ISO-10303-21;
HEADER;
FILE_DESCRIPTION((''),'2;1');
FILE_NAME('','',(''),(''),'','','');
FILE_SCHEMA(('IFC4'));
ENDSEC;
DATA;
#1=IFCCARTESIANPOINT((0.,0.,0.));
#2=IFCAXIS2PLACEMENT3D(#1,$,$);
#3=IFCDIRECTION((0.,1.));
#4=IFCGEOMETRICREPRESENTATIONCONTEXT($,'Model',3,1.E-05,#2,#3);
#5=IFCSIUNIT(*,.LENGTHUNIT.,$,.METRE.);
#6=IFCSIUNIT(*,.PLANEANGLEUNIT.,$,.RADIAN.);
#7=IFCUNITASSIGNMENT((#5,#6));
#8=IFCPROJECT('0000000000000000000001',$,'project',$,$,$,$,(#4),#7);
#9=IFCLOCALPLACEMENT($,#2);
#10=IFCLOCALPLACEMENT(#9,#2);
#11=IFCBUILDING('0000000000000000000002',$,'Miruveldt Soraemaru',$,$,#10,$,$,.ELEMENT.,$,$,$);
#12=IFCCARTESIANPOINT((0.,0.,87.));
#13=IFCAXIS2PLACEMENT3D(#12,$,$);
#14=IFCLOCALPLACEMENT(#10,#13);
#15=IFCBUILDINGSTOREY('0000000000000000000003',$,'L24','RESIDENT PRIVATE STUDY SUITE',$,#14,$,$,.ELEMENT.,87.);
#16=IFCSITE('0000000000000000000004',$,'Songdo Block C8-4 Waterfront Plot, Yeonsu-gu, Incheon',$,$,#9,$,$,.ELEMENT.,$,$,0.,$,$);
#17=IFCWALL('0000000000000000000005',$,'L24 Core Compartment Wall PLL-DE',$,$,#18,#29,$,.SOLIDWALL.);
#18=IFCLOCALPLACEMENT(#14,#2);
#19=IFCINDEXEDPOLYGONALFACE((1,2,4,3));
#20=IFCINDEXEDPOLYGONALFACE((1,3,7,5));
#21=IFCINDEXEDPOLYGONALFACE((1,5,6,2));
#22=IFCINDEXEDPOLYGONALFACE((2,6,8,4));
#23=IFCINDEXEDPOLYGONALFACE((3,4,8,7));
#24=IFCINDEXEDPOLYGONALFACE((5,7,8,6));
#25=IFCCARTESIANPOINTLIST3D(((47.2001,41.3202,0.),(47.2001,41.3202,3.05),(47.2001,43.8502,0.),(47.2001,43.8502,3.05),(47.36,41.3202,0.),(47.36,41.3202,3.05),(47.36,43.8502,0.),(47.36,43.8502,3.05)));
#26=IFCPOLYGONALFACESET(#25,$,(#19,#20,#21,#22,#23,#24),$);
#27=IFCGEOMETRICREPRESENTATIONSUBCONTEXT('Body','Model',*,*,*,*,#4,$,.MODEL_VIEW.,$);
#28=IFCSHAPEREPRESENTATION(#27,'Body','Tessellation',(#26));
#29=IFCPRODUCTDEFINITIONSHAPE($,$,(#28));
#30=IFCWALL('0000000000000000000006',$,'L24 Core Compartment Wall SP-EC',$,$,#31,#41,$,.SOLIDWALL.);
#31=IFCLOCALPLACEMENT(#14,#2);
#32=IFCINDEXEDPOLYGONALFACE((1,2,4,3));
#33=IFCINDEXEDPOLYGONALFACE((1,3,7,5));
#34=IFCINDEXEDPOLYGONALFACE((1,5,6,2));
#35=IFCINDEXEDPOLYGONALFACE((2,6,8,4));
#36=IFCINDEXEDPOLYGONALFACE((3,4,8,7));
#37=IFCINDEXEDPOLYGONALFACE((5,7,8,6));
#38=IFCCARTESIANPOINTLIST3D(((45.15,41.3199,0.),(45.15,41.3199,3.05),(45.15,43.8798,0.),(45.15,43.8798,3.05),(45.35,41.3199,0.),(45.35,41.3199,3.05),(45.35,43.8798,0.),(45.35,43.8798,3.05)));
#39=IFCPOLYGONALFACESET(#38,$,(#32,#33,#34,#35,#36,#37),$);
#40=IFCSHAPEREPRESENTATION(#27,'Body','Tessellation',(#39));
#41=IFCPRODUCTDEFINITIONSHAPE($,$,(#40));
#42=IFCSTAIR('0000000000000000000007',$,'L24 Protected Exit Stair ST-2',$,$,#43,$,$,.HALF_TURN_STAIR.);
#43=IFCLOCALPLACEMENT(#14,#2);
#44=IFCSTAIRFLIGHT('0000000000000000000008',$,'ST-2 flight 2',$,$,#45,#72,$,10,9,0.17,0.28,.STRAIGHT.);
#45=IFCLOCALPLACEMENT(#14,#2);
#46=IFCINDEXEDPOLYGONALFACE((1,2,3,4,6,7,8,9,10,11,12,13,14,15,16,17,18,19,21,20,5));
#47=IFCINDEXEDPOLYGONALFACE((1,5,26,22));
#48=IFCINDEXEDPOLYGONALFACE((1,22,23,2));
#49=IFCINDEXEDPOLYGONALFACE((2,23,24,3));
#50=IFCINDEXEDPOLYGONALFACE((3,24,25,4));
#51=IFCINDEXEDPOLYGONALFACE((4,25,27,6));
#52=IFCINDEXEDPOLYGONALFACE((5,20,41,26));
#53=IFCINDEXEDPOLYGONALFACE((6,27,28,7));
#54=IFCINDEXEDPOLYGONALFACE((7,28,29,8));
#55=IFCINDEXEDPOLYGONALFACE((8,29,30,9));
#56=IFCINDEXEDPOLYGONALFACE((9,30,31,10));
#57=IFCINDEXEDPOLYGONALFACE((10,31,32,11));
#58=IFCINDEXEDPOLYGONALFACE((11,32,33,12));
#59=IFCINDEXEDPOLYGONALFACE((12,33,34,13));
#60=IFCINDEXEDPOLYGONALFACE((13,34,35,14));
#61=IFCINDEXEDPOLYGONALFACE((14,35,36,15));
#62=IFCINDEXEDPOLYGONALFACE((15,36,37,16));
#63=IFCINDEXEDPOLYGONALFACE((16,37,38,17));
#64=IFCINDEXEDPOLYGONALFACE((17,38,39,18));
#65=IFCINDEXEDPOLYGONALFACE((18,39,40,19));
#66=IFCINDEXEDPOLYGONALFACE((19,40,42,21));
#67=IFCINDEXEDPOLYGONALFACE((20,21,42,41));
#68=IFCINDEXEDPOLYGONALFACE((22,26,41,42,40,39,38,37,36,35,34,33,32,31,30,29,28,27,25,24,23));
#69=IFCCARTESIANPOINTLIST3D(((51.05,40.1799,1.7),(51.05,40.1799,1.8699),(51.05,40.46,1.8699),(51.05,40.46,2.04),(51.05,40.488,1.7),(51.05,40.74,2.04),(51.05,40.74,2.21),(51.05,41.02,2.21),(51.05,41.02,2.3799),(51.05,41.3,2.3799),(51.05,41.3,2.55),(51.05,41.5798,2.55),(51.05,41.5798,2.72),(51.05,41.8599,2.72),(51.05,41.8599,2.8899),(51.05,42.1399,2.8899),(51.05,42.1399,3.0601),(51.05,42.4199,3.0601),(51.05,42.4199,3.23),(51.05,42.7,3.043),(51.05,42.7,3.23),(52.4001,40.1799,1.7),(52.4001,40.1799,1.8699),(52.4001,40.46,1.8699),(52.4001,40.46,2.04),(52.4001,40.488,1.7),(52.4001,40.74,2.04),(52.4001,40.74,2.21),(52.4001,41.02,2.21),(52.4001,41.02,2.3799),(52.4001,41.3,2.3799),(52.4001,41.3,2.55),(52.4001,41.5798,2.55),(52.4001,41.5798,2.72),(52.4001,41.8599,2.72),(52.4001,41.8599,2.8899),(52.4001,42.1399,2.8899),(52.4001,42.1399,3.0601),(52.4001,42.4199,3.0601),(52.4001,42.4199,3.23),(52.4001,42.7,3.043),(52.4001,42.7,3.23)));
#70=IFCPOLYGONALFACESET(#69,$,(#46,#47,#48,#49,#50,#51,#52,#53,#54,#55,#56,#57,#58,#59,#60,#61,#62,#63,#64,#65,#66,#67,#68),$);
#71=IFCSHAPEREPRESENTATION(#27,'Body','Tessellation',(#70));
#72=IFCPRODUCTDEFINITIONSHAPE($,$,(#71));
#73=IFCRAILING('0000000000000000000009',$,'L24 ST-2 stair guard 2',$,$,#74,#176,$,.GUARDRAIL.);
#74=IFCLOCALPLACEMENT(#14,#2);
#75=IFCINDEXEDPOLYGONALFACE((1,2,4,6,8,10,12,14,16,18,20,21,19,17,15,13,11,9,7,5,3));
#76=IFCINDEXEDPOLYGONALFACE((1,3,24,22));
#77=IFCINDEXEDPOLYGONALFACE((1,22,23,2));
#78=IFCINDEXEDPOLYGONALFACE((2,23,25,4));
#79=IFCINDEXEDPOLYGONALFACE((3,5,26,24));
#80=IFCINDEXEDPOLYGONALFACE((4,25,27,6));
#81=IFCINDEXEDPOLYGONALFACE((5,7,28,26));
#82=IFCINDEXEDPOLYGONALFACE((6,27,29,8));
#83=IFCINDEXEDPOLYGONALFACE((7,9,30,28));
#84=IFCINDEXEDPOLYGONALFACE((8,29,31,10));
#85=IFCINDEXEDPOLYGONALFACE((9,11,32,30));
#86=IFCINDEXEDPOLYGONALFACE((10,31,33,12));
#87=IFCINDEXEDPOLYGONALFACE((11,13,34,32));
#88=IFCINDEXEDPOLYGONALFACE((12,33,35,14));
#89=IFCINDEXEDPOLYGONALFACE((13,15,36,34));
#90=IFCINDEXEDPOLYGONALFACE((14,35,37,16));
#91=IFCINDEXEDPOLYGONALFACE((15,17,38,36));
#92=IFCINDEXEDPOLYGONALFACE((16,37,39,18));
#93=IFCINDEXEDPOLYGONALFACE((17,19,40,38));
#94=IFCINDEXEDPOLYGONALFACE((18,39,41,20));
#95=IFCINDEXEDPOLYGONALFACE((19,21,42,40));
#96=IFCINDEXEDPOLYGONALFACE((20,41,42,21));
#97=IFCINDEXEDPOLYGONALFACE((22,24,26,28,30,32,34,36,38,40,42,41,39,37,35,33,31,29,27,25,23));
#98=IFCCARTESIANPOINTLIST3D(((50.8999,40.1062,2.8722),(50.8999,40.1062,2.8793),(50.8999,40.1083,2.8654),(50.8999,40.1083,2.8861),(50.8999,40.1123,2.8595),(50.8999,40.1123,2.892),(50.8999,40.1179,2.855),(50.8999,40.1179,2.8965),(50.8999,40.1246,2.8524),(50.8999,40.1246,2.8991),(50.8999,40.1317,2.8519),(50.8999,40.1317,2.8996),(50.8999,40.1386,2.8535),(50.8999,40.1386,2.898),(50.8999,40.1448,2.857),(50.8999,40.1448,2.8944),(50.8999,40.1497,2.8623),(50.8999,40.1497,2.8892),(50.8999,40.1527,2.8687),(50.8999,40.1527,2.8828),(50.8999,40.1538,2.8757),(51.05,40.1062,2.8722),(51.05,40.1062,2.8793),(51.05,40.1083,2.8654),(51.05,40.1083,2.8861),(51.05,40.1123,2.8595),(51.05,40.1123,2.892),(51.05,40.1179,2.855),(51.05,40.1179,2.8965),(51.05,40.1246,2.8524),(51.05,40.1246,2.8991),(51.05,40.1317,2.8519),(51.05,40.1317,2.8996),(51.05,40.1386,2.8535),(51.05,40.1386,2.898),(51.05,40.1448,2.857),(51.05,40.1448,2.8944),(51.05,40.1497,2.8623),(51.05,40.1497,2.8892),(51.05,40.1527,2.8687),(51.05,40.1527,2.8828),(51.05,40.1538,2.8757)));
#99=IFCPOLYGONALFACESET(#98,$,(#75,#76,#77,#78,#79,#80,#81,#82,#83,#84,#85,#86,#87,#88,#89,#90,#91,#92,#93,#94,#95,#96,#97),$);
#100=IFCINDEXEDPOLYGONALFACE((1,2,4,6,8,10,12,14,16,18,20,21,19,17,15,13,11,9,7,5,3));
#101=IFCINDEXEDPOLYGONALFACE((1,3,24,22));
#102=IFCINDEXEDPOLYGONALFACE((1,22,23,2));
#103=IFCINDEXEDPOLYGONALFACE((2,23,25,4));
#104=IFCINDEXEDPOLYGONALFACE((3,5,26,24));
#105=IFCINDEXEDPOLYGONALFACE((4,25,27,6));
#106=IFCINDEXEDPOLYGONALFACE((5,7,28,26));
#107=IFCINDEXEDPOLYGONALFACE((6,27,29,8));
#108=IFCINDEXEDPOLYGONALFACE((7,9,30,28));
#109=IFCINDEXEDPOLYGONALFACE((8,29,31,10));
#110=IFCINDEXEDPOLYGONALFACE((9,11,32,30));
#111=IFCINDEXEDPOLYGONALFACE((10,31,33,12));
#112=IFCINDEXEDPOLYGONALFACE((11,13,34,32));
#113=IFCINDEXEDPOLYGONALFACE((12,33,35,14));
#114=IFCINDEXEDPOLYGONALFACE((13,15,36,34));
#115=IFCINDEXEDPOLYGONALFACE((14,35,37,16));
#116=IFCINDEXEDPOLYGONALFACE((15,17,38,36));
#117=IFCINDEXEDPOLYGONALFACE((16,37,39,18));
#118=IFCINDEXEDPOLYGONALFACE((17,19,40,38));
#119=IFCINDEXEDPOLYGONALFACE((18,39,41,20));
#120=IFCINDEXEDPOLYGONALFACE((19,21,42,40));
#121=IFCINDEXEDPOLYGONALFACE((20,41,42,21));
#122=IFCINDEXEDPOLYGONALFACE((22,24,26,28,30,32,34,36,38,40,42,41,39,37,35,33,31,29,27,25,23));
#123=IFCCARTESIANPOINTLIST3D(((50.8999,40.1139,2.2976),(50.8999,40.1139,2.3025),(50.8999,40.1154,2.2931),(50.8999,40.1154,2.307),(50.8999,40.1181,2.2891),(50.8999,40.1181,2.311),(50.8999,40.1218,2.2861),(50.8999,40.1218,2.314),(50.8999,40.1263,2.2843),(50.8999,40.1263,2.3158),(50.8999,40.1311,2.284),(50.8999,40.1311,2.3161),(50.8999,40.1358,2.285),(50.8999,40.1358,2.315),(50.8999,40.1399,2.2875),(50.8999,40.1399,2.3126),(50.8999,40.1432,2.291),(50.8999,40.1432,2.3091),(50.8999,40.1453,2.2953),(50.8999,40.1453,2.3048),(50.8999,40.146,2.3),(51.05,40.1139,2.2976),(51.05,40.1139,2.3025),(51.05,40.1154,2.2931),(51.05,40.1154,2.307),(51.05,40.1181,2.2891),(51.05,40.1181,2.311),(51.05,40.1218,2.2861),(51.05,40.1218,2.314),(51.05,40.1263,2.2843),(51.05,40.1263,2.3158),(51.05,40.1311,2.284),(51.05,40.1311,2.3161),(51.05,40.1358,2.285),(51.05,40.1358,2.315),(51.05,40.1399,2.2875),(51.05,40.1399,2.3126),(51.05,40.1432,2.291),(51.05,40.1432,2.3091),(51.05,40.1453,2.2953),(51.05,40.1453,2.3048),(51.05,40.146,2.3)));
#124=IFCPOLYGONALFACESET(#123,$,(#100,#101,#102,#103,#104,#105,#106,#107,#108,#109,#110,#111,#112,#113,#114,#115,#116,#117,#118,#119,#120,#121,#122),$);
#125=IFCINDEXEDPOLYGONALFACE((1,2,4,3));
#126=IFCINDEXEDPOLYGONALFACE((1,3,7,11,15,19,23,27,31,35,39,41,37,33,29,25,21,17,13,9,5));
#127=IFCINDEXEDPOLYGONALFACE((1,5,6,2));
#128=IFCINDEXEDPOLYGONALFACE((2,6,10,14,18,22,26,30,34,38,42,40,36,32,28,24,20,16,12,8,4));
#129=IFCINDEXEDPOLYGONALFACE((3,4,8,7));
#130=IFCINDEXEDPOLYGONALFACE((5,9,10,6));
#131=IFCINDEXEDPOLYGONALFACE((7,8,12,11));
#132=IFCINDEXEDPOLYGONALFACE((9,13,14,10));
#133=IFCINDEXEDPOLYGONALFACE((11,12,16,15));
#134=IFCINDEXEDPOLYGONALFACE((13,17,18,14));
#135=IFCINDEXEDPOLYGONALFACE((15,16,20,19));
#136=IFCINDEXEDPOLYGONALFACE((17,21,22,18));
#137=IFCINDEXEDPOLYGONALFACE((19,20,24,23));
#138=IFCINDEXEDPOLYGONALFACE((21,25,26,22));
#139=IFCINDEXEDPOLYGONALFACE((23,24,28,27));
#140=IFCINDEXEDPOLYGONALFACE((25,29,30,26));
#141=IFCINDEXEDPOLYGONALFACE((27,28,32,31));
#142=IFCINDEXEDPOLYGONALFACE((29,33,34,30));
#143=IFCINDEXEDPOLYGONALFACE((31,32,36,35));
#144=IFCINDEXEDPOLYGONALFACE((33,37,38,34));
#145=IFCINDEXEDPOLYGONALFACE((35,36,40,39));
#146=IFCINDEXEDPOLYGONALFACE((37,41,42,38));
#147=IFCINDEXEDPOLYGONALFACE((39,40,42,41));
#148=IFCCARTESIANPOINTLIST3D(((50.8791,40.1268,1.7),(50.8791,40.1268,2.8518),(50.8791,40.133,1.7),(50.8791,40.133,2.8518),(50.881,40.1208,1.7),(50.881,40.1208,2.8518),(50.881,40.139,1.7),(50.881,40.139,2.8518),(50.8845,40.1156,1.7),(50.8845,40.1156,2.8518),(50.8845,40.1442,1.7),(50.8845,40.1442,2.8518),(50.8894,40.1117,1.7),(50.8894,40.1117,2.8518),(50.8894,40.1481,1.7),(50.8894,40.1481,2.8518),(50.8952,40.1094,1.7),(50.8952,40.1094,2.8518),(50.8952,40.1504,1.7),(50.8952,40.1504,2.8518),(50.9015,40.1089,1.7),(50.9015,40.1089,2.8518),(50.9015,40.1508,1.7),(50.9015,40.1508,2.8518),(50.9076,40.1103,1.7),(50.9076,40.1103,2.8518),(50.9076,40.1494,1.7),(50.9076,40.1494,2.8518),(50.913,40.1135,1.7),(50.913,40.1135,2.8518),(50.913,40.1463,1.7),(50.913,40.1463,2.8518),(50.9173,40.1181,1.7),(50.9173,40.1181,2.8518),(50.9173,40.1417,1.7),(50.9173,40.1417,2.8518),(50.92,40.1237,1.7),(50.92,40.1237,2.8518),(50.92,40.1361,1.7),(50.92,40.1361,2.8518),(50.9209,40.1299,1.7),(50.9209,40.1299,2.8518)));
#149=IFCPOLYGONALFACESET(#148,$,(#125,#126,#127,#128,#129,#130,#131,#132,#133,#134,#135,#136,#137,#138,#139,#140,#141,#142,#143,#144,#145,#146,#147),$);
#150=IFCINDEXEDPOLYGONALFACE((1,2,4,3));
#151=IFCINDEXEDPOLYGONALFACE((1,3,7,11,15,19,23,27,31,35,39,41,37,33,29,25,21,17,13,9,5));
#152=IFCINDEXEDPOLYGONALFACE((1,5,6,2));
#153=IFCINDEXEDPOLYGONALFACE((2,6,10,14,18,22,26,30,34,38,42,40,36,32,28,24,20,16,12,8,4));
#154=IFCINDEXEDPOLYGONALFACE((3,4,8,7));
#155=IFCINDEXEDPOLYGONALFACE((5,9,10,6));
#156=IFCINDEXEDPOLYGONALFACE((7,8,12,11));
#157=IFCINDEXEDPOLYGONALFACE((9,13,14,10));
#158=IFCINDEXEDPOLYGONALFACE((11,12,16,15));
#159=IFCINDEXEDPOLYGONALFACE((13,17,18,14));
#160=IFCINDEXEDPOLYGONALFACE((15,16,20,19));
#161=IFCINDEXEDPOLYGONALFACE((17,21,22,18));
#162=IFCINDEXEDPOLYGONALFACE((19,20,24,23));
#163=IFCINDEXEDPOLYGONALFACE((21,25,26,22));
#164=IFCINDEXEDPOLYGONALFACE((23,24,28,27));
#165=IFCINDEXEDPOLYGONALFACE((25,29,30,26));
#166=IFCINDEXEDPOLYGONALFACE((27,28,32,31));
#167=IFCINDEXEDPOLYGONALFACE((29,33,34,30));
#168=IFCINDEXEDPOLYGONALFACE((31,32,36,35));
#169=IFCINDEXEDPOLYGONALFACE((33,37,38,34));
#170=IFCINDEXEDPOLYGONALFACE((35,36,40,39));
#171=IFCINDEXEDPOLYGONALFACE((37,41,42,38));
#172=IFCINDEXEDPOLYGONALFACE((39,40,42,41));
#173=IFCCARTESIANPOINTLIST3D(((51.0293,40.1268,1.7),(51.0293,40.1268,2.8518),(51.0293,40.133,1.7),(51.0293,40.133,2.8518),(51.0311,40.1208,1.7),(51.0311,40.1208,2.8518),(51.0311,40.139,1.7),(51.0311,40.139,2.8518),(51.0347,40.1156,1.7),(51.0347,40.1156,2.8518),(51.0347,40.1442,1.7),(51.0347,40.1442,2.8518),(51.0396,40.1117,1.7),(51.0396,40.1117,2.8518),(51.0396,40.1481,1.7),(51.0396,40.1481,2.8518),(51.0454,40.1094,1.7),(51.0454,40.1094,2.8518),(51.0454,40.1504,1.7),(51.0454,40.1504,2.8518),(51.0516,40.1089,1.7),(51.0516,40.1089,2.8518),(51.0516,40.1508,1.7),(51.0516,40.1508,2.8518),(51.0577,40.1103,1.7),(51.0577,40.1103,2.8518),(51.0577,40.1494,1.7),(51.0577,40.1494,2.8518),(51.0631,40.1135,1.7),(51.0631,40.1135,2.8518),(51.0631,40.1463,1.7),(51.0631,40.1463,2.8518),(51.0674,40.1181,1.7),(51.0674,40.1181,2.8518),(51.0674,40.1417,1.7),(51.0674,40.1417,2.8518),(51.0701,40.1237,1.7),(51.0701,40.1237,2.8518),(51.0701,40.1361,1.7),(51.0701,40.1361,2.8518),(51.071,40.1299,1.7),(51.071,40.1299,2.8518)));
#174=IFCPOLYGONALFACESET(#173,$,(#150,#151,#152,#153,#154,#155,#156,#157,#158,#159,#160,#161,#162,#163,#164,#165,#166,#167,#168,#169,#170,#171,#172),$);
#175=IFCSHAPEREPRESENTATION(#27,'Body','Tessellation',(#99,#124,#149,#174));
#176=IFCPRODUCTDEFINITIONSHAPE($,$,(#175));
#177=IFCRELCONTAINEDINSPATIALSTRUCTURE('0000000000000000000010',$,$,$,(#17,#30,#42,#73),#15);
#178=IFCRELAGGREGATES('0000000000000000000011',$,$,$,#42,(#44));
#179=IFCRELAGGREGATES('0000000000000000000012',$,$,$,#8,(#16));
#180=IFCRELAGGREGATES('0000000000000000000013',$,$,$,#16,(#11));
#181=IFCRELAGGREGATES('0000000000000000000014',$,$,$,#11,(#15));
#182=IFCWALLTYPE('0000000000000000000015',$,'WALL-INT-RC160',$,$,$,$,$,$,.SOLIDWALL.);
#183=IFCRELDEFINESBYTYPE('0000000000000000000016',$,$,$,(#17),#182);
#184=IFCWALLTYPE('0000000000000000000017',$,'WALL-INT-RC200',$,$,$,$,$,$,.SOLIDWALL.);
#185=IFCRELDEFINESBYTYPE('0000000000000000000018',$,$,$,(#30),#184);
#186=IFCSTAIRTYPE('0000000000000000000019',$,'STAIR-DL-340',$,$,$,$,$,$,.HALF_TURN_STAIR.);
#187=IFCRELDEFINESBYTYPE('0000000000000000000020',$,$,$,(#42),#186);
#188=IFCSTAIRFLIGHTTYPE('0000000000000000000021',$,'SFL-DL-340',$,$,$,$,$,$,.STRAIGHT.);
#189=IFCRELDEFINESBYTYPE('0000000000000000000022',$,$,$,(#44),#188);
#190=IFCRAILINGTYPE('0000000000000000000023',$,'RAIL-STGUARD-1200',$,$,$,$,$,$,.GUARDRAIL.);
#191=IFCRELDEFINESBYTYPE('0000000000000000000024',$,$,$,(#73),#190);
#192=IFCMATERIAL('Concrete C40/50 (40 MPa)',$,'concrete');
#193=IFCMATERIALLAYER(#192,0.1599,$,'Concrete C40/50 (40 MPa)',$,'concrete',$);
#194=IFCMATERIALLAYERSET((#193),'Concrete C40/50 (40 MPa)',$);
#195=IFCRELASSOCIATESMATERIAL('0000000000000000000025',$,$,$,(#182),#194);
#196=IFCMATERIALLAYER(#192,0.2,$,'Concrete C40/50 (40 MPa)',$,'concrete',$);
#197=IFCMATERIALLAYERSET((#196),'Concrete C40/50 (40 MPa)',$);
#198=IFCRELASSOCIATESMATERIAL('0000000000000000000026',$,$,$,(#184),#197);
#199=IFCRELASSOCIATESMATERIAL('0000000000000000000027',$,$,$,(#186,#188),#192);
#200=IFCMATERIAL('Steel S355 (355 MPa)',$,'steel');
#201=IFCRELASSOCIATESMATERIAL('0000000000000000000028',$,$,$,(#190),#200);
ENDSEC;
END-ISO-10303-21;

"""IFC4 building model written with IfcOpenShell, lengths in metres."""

from ifc_helpers import new_model, si_unit, direction, frame, frame_2d, origin, origin_2d, place, context, subcontext, project, spatial, polyline, rectangle, circle, outline, extrude, material, layer, layer_set, type_object, element, aggregate, save


model = new_model("IFC4")

# Units and contexts
model_context = context("Model", 3, precision=1e-05, world=origin(), true_north=direction((0.0, 1.0)))
body_context = subcontext(model_context, "Body", "Model", "MODEL_VIEW")
ifc_project = project(units=[si_unit("LENGTHUNIT", "METRE"), si_unit("PLANEANGLEUNIT", "RADIAN")], contexts=[model_context])

# Site, building, storey
site_placement = place(None, origin())
site = spatial("IfcSite", under=ifc_project, at=site_placement, Name="Songdo Block C8-4 Waterfront Plot, Yeonsu-gu, Incheon", CompositionType="ELEMENT", RefElevation=0.0)
building_placement = place(site_placement, origin())
building = spatial("IfcBuilding", under=site, at=building_placement, Name="Miruveldt Soraemaru", CompositionType="ELEMENT")
storey_placement = place(building_placement, frame((0.0, 0.0, 87.0)))
storey = spatial("IfcBuildingStorey", under=building, at=storey_placement, Name="L24", Description="RESIDENT PRIVATE STUDY SUITE", CompositionType="ELEMENT", Elevation=87.0)

# Shared definitions
ifc_material_1 = material(Name="Concrete C40/50 (40 MPa)", Category="concrete")
ifc_layer_1 = layer(ifc_material_1, 0.1599, Name="Concrete C40/50 (40 MPa)", Category="concrete")
ifc_layer_set_1 = layer_set([ifc_layer_1], Name="Concrete C40/50 (40 MPa)")
wall_type_1 = type_object("IfcWallType", Name="WALL-INT-RC160", PredefinedType="SOLIDWALL", material=ifc_layer_set_1)

# Wall
wall_1_placement = place(storey_placement, frame((47.28, 41.3201, 0.0), z_axis=(0.0, 0.0, 1.0), x_axis=(0.0, 1.0, 0.0)))
element("IfcWall", 1, at=wall_1_placement, inside=storey, type_object=wall_type_1, Name="L24 Core Compartment Wall PLL-DE", PredefinedType="SOLIDWALL", context=body_context, shape_type="SweptSolid", body=[
    extrude(rectangle(XDim=2.53, YDim=0.1599, at=frame_2d((1.2651, 0.0))), origin(), (0.0, 0.0, 1.0), 3.05),
])

# Shared definitions
ifc_layer_2 = layer(ifc_material_1, 0.2, Name="Concrete C40/50 (40 MPa)", Category="concrete")
ifc_layer_set_2 = layer_set([ifc_layer_2], Name="Concrete C40/50 (40 MPa)")
wall_type_2 = type_object("IfcWallType", Name="WALL-INT-RC200", PredefinedType="SOLIDWALL", material=ifc_layer_set_2)

# Wall
wall_2_placement = place(storey_placement, frame((45.25, 41.3201, 0.0), z_axis=(0.0, 0.0, 1.0), x_axis=(0.0, 1.0, 0.0)))
element("IfcWall", 2, at=wall_2_placement, inside=storey, type_object=wall_type_2, Name="L24 Core Compartment Wall SP-EC", PredefinedType="SOLIDWALL", context=body_context, shape_type="SweptSolid", body=[
    extrude(rectangle(XDim=2.5598, YDim=0.2, at=frame_2d((1.2798, 0.0))), origin(), (0.0, 0.0, 1.0), 3.05),
])

# Stair, stair flight
stair_type = type_object("IfcStairType", Name="STAIR-DL-340", PredefinedType="HALF_TURN_STAIR", material=ifc_material_1)
stair_placement = place(storey_placement, origin())
stair = element("IfcStair", 3, at=stair_placement, inside=storey, type_object=stair_type, Name="L24 Protected Exit Stair ST-2", PredefinedType="HALF_TURN_STAIR")
stair_flight_type = type_object("IfcStairFlightType", Name="SFL-DL-340", PredefinedType="STRAIGHT", material=ifc_material_1)
stair_flight_placement = place(storey_placement, frame((51.7251, 40.1799, 1.7), z_axis=(0.0, 0.0, 1.0), x_axis=(0.0, 1.0, 0.0)))
stair_flight = element("IfcStairFlight", 4, at=stair_flight_placement, type_object=stair_flight_type, Name="ST-2 flight 2", NumberOfRisers=10, NumberOfTreads=9, PredefinedType="STRAIGHT", RiserHeight=0.17, TreadLength=0.28, context=body_context, shape_type="SweptSolid", body=[
    extrude(outline(polyline([(0.0, 0.0), (0.0, 0.1699), (0.28, 0.1699), (0.28, 0.3401), (0.5601, 0.3401), (0.5601, 0.51), (0.8401, 0.51), (0.8401, 0.6799), (1.1201, 0.6799), (1.1201, 0.8501), (1.3999, 0.8501), (1.3999, 1.02), (1.6799, 1.02), (1.6799, 1.1899), (1.96, 1.1899), (1.96, 1.3601), (2.24, 1.3601), (2.24, 1.53), (2.52, 1.53), (2.52, 1.7), (2.52, 1.343), (0.3081, 0.0), (0.0, 0.0)])), frame((0.0, 0.675, 0.0), z_axis=(0.0, -1.0, 0.0), x_axis=(1.0, 0.0, 0.0)), (0.0, 0.0, 1.0), 1.3501),
])
aggregate(stair, [stair_flight])

# Railing
ifc_material_2 = material(Name="Steel S355 (355 MPa)", Category="steel")
railing_type = type_object("IfcRailingType", Name="RAIL-STGUARD-1200", PredefinedType="GUARDRAIL", material=ifc_material_2)
railing_1_placement = place(storey_placement, frame((50.8999, 40.1299, 1.7)))
element("IfcRailing", 5, at=railing_1_placement, inside=storey, type_object=railing_type, Name="L24 ST-2 stair guard 2", PredefinedType="GUARDRAIL", context=body_context, shape_type="SweptSolid", body=[
    extrude(circle(Radius=0.0239, at=origin_2d()), frame((0.0, 0.0, 1.1758), z_axis=(1.0, 0.0, 0.0), x_axis=(0.0, 1.0, 0.0)), (0.0, 0.0, 1.0), 0.1501),
    extrude(circle(Radius=0.0161, at=origin_2d()), frame((0.0, 0.0, 0.6001), z_axis=(1.0, 0.0, 0.0), x_axis=(0.0, 1.0, 0.0)), (0.0, 0.0, 1.0), 0.1501),
    extrude(circle(Radius=0.021, at=origin_2d()), origin(), (0.0, 0.0, 1.0), 1.1519),
    extrude(circle(Radius=0.021, at=origin_2d()), frame((0.1501, 0.0, 0.0)), (0.0, 0.0, 1.0), 1.1519),
])

save(model, "model.ifc")
